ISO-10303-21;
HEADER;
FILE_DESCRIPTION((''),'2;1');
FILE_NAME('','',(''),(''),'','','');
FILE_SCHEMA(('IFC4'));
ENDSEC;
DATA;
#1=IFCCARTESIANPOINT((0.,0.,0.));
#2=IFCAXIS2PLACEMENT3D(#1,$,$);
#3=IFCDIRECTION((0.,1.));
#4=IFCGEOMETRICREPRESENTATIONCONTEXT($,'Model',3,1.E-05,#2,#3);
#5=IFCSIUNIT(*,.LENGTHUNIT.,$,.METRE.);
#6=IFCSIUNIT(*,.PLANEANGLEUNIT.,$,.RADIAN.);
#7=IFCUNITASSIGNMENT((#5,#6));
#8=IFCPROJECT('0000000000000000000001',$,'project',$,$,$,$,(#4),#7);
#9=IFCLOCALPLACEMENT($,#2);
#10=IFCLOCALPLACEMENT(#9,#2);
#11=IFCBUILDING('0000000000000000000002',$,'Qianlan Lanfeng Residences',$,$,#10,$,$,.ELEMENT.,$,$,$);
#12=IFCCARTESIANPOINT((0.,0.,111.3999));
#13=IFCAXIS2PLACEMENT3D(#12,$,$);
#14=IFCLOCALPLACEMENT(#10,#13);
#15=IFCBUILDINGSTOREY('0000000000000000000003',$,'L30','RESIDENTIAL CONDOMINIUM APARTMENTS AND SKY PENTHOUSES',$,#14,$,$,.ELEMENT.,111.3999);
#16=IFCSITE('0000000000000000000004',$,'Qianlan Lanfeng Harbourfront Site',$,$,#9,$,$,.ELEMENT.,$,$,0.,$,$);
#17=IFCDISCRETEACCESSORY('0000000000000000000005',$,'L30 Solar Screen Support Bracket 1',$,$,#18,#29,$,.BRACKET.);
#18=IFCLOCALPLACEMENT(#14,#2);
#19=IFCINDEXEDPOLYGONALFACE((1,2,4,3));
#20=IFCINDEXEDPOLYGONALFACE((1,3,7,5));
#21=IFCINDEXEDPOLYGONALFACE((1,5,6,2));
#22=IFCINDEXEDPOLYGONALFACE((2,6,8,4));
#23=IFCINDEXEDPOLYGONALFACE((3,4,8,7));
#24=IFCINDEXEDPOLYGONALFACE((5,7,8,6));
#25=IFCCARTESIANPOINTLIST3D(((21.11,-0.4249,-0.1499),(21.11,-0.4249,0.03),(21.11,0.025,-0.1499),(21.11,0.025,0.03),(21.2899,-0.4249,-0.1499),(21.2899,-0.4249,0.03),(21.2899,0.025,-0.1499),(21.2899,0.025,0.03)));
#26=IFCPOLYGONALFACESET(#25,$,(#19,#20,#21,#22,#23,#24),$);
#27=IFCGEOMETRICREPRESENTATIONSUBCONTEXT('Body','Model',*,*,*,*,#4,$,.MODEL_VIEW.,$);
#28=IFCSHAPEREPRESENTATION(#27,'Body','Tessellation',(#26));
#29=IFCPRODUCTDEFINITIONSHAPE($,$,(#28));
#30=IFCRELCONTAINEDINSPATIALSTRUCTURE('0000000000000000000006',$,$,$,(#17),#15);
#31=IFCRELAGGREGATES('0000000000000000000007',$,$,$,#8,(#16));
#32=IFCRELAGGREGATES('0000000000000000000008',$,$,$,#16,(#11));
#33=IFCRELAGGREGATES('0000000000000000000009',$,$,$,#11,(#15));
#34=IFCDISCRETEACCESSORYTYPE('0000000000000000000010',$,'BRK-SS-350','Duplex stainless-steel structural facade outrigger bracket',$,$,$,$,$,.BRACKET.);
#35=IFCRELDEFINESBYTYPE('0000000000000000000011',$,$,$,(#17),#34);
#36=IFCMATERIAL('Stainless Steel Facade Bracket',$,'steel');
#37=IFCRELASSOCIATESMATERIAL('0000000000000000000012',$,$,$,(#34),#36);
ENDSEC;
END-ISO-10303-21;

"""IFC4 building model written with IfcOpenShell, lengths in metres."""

from ifc_helpers import new_model, si_unit, direction, frame, origin, origin_2d, place, context, subcontext, project, spatial, rectangle, extrude, source, transform, mapped, material, type_object, element, save


model = new_model("IFC4")

# Units and contexts
model_context = context("Model", 3, precision=1e-05, world=origin(), true_north=direction((0.0, 1.0)))
body_context = subcontext(model_context, "Body", "Model", "MODEL_VIEW")
ifc_project = project(units=[si_unit("LENGTHUNIT", "METRE"), si_unit("PLANEANGLEUNIT", "RADIAN")], contexts=[model_context])

# Site, building, storey
site_placement = place(None, origin())
site = spatial("IfcSite", under=ifc_project, at=site_placement, Name="Qianlan Lanfeng Harbourfront Site", CompositionType="ELEMENT", RefElevation=0.0)
building_placement = place(site_placement, origin())
building = spatial("IfcBuilding", under=site, at=building_placement, Name="Qianlan Lanfeng Residences", CompositionType="ELEMENT")
storey_placement = place(building_placement, frame((0.0, 0.0, 111.3999)))
storey = spatial("IfcBuildingStorey", under=building, at=storey_placement, Name="L30", Description="RESIDENTIAL CONDOMINIUM APARTMENTS AND SKY PENTHOUSES", CompositionType="ELEMENT", Elevation=111.3999)

# Discrete accessory
ifc_material_1 = material(Name="Stainless Steel Facade Bracket", Category="steel")
discrete_accessory_type = type_object("IfcDiscreteAccessoryType", Name="BRK-SS-350", Description="Duplex stainless-steel structural facade outrigger bracket", PredefinedType="BRACKET", material=ifc_material_1)
shared_shape_1 = source(origin(), body_context, "Body", "SweptSolid", [
    extrude(rectangle(XDim=0.1799, YDim=0.45, at=origin_2d()), origin(), (0.0, 0.0, 1.0), 0.1799),
])
discrete_accessory_placement = place(storey_placement, frame((21.2, -0.2, -0.1499), z_axis=(0.0, 0.0, 1.0), x_axis=(1.0, 0.0, 0.0)))
element("IfcDiscreteAccessory", 1, at=discrete_accessory_placement, inside=storey, type_object=discrete_accessory_type, Name="L30 Solar Screen Support Bracket 1", PredefinedType="BRACKET", context=body_context, shape_type="MappedRepresentation", body=[
    mapped(shared_shape_1, transform((0.0, 0.0, 0.0), scale=1.0)),
])

save(model, "model.ifc")
